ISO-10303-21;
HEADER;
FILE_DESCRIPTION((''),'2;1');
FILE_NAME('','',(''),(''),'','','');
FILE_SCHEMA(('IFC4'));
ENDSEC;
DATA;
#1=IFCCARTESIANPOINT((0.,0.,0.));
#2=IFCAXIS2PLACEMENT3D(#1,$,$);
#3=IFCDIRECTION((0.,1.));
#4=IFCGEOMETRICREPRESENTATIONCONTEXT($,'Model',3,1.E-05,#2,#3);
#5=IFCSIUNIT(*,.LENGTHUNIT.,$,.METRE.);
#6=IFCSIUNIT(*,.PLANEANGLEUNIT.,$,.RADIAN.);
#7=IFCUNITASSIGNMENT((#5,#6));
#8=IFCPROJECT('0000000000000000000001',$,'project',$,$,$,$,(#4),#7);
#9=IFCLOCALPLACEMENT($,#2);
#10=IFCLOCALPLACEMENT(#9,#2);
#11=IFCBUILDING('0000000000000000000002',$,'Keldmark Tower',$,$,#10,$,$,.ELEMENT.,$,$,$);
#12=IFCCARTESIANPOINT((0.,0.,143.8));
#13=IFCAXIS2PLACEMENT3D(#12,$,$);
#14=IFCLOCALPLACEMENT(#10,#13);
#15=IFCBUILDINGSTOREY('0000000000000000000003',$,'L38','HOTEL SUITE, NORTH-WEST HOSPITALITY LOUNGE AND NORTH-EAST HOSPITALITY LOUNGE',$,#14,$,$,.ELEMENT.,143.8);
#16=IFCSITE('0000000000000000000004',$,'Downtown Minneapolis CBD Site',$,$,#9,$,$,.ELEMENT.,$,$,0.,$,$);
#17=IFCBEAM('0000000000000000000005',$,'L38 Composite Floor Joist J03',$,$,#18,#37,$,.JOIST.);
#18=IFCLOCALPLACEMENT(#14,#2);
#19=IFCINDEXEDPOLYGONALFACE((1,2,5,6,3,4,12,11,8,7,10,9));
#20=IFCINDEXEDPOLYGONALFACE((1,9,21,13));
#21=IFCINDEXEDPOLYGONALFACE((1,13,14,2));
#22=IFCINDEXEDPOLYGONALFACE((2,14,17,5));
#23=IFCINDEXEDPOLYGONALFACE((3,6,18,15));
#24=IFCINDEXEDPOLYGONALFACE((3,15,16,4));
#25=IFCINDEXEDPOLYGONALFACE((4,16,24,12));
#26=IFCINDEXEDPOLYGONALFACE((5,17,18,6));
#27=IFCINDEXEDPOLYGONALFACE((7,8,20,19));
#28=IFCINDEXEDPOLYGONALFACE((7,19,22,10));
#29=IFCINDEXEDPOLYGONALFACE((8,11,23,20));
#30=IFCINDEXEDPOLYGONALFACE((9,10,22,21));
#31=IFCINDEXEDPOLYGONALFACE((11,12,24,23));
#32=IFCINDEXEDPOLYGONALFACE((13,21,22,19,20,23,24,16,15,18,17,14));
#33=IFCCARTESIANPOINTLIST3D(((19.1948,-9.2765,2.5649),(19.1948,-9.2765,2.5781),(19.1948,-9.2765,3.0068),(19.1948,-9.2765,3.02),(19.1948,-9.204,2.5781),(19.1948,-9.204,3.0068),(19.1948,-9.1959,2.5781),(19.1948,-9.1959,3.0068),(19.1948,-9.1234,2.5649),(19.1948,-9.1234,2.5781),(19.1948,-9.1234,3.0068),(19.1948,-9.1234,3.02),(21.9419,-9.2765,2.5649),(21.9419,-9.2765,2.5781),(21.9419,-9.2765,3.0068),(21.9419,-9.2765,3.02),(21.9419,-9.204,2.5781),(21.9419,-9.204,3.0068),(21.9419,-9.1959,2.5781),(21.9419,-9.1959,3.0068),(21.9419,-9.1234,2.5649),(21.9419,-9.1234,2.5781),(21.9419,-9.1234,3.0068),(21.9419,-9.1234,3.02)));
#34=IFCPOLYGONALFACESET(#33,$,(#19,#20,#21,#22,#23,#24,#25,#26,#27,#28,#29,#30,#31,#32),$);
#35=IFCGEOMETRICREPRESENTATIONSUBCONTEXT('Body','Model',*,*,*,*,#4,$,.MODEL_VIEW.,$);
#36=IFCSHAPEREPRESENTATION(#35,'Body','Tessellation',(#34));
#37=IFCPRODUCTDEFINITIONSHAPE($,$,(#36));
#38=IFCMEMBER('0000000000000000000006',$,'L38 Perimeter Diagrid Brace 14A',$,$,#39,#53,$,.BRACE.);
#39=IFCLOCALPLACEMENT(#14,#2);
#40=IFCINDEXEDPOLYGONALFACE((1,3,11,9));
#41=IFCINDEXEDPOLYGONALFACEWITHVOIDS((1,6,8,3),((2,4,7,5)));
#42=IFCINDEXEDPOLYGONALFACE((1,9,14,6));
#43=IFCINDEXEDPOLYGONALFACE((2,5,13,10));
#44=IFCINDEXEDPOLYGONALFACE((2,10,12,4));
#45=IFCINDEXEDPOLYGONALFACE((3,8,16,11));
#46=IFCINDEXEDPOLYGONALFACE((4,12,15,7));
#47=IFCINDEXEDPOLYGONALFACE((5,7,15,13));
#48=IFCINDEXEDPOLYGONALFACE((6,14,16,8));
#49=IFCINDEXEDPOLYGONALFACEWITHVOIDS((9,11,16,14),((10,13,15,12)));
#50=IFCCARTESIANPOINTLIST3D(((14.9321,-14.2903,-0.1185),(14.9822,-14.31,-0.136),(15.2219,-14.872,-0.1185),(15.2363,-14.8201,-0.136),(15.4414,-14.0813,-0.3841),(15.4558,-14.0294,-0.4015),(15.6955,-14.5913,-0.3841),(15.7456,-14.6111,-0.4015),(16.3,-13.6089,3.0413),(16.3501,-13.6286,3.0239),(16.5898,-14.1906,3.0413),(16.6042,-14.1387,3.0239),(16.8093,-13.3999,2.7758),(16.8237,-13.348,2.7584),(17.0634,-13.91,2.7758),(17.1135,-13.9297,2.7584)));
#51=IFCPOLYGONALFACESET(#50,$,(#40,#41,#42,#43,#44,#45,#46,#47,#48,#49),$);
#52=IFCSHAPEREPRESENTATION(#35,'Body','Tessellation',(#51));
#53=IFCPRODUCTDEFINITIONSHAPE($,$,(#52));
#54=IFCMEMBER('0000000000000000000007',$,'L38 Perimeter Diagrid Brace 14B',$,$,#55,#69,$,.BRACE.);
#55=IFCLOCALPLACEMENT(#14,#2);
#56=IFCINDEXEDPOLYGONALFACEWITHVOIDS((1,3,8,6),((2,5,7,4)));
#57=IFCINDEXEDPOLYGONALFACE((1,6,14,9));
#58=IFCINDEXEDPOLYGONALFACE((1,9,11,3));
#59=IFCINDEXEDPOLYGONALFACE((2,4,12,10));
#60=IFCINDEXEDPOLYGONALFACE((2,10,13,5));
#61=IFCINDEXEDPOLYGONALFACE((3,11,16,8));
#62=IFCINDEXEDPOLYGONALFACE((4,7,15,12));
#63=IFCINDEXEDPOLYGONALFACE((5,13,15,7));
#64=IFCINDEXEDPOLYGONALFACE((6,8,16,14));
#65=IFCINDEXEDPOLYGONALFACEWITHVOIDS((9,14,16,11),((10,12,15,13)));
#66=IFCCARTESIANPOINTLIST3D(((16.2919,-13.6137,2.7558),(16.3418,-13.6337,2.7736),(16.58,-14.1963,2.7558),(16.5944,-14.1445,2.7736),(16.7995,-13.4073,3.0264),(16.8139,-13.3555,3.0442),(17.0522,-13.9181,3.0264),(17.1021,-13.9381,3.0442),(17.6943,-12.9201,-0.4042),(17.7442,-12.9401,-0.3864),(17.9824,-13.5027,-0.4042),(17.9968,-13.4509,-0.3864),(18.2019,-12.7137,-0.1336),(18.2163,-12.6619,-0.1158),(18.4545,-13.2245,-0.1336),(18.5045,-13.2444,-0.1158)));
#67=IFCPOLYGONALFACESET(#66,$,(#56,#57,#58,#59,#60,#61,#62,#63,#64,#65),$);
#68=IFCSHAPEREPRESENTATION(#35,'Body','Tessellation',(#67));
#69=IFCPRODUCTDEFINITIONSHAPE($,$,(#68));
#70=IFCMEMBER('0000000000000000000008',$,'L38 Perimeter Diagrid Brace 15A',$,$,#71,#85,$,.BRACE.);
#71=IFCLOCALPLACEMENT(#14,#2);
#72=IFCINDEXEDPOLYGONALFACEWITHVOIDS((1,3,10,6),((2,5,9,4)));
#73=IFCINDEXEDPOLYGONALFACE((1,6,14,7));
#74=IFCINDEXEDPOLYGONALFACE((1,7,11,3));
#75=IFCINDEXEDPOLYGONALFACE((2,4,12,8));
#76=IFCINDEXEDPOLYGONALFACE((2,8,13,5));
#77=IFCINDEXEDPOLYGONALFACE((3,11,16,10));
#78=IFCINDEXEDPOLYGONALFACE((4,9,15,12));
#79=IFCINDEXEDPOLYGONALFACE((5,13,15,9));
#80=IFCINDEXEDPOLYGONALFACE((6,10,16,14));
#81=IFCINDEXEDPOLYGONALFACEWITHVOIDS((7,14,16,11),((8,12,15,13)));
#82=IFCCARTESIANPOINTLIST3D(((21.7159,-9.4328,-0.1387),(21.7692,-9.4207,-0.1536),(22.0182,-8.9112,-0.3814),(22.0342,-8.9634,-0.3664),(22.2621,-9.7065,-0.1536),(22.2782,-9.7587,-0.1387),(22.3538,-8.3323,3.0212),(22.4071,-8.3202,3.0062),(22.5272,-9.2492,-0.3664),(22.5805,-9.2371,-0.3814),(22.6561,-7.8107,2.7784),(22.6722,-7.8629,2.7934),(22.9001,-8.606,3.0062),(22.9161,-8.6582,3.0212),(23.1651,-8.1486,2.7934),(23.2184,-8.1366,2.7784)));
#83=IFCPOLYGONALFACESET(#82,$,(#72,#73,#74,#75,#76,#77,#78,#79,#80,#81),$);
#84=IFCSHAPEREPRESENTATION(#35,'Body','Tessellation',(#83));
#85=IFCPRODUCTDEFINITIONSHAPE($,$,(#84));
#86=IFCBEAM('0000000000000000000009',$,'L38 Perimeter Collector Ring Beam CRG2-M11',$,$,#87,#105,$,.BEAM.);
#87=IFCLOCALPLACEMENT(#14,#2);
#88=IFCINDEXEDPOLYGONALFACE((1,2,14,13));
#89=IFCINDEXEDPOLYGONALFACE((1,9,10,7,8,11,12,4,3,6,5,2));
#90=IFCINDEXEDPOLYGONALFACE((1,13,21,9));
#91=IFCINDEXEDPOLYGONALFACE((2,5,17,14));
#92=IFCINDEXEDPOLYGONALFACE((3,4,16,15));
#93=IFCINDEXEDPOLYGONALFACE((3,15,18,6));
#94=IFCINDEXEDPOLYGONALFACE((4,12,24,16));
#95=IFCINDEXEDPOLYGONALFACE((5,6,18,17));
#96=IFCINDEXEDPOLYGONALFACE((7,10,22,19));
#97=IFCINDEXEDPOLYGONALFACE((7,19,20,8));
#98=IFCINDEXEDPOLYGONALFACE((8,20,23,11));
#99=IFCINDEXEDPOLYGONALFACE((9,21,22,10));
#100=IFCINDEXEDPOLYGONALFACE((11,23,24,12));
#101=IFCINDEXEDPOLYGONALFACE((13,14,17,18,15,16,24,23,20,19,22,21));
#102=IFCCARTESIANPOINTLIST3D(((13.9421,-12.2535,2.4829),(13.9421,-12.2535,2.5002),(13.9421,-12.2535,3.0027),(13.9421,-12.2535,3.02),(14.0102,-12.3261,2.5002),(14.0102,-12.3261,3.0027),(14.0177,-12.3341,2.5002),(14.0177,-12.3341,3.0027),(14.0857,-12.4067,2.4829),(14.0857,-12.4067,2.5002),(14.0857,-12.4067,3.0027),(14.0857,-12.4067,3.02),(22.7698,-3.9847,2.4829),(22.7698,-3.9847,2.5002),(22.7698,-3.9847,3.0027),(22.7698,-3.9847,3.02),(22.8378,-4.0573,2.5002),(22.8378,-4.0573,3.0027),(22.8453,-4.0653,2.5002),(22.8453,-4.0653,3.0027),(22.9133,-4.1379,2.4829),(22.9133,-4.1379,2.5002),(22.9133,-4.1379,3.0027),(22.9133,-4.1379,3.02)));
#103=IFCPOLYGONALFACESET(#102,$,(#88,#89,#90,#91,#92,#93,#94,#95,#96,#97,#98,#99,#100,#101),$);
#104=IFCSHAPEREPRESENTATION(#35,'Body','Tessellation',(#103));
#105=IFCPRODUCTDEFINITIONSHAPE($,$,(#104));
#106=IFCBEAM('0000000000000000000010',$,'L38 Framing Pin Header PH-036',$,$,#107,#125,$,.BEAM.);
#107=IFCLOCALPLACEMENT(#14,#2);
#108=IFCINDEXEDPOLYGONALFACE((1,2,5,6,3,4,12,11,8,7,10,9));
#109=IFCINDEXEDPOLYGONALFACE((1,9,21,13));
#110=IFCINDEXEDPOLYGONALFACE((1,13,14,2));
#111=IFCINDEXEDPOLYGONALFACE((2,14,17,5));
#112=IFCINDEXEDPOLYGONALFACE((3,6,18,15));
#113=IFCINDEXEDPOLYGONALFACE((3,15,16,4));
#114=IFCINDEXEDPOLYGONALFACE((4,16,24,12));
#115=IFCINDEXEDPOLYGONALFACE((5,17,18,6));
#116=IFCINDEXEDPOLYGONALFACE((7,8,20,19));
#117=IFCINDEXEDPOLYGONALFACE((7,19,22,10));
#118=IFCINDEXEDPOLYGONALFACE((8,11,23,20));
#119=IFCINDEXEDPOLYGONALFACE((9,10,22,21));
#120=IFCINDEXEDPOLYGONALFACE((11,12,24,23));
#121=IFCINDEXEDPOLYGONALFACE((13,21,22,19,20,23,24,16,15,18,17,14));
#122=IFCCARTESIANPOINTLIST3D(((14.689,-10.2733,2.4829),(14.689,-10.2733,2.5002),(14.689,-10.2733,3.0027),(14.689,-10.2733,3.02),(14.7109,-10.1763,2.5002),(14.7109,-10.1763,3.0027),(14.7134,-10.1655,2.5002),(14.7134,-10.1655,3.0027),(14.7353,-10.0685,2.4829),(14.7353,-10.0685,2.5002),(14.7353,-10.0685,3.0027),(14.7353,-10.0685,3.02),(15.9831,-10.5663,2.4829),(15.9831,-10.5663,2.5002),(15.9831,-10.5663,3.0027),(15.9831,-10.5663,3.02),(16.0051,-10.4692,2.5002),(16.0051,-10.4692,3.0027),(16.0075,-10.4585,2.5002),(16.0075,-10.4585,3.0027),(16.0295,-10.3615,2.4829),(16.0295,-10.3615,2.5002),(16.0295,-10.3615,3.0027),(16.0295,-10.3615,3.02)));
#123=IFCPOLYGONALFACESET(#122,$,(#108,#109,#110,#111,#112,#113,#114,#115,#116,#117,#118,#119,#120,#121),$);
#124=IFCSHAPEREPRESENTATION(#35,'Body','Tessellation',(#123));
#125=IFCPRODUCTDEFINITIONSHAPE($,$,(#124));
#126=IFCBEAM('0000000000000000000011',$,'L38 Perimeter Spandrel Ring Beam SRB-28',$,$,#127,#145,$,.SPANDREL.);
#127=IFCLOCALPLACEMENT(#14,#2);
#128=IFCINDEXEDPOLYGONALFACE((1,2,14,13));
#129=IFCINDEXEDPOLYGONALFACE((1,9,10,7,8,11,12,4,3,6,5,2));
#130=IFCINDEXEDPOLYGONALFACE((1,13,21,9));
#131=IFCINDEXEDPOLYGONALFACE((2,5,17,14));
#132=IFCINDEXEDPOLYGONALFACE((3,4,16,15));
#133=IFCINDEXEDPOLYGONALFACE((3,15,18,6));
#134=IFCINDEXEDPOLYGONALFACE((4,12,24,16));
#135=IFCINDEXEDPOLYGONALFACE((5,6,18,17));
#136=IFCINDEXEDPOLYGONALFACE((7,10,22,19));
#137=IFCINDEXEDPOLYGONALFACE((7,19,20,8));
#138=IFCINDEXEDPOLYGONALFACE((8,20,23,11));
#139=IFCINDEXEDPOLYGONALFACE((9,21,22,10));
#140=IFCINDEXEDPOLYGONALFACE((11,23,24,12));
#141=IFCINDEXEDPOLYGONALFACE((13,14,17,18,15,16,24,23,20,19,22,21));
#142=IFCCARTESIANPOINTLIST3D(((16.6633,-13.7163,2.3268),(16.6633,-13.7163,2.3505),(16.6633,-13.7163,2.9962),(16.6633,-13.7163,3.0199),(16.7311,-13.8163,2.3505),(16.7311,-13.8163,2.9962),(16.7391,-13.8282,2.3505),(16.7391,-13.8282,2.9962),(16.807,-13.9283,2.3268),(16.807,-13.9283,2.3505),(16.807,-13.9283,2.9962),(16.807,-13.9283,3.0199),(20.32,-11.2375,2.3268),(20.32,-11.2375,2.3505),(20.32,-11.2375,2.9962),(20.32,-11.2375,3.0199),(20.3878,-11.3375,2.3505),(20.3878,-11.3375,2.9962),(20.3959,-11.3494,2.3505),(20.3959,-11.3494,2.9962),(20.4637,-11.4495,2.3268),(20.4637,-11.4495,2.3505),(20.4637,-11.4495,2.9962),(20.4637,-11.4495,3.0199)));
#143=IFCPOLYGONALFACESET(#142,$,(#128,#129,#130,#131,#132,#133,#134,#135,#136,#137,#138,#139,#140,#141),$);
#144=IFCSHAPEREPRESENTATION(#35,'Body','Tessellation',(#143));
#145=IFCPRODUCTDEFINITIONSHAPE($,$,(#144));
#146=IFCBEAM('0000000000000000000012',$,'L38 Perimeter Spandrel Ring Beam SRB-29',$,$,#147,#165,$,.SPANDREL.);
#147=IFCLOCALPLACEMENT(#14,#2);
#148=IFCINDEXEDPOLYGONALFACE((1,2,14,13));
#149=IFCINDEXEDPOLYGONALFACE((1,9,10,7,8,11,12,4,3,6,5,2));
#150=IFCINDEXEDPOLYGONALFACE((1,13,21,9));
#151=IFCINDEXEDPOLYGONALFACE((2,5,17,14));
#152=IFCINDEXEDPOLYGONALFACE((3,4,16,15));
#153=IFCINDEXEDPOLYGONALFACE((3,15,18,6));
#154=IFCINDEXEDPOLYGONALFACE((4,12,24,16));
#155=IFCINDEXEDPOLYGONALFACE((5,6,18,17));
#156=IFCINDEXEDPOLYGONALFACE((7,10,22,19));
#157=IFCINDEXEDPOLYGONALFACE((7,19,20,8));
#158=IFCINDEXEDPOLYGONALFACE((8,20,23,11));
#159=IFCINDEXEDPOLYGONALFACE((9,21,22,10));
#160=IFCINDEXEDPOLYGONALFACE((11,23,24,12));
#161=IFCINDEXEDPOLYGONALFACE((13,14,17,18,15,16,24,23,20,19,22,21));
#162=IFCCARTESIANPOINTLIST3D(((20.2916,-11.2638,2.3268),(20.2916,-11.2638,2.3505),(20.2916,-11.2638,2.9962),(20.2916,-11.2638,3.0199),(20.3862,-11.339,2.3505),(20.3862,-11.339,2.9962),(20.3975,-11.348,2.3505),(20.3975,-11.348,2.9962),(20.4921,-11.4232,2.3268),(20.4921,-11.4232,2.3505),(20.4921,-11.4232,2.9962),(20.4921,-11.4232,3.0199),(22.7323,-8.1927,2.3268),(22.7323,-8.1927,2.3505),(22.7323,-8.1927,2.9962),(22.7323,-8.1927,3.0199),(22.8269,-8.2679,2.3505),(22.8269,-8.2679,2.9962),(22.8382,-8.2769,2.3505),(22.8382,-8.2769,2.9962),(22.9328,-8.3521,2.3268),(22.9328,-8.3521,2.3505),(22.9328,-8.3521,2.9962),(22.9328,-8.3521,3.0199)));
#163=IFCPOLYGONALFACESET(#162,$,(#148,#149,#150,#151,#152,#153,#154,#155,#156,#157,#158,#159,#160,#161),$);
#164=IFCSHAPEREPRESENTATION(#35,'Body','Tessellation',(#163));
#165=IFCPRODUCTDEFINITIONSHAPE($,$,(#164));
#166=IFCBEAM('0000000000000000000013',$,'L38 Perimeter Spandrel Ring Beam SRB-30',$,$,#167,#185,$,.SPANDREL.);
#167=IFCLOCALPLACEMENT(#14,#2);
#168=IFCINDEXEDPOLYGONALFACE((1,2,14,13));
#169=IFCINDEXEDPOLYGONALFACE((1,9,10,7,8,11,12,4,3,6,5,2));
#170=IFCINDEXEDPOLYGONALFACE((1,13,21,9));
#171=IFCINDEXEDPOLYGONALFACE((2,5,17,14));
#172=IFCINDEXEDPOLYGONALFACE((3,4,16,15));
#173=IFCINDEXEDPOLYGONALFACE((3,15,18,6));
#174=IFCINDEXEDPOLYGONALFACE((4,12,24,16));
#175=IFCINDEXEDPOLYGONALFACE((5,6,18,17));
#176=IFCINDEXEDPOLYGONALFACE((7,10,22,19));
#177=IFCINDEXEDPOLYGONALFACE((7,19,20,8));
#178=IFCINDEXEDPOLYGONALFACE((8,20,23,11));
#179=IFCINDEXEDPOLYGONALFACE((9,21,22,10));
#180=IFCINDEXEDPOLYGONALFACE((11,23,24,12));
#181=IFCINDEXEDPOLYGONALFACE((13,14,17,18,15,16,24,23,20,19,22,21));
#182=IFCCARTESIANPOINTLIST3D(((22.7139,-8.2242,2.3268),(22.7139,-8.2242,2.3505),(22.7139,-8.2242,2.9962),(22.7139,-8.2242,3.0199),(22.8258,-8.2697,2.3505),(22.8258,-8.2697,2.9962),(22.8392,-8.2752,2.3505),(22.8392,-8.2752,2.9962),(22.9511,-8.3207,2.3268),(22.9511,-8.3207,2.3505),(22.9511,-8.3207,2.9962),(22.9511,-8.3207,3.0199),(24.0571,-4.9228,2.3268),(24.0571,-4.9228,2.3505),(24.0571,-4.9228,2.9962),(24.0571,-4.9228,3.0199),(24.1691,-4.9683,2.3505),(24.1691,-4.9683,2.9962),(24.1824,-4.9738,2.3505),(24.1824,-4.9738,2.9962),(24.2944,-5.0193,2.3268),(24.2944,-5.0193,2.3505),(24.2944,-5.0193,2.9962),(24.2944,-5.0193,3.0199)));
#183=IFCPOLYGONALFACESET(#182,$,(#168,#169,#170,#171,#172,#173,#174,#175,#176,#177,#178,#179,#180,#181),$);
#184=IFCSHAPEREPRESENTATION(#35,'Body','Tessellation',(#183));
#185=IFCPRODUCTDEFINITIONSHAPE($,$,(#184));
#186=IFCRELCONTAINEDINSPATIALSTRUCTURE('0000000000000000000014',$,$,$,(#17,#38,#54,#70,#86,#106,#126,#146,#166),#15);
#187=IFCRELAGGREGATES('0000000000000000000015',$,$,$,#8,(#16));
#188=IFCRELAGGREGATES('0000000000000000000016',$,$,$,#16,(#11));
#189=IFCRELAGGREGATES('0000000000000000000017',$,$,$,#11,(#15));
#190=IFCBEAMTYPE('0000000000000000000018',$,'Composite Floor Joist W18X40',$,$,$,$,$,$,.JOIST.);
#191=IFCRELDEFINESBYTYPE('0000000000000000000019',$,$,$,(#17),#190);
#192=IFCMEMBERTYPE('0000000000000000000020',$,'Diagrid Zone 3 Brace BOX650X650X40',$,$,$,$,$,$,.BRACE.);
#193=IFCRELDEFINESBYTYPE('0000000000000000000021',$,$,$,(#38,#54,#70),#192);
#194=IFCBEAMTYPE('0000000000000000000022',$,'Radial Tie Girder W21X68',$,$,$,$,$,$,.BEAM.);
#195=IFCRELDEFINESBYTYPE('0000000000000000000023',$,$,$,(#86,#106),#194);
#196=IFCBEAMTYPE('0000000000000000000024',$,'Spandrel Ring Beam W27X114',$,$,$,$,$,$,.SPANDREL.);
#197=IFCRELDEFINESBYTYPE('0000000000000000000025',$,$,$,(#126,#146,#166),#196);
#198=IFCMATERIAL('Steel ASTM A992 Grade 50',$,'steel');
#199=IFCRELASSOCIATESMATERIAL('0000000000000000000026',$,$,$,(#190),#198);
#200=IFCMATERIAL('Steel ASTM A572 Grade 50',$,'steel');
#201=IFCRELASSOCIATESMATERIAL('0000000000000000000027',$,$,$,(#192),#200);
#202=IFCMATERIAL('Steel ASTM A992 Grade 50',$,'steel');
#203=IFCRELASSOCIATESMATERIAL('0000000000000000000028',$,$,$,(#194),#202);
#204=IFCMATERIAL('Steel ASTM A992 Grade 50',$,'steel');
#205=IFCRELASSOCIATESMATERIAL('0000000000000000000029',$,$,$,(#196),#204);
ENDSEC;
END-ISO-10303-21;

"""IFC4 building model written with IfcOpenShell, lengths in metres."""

from ifc_helpers import new_model, si_unit, direction, frame, origin, origin_2d, place, context, subcontext, project, spatial, hollow_rectangle, i_section, extrude, material, material_profile, profile_set, type_object, element, save


model = new_model("IFC4")

# Units and contexts
model_context = context("Model", 3, precision=1e-05, world=origin(), true_north=direction((0.0, 1.0)))
body_context = subcontext(model_context, "Body", "Model", "MODEL_VIEW")
ifc_project = project(units=[si_unit("LENGTHUNIT", "METRE"), si_unit("PLANEANGLEUNIT", "RADIAN")], contexts=[model_context])

# Site, building, storey
site_placement = place(None, origin())
site = spatial("IfcSite", under=ifc_project, at=site_placement, Name="Downtown Minneapolis CBD Site", CompositionType="ELEMENT", RefElevation=0.0)
building_placement = place(site_placement, origin())
building = spatial("IfcBuilding", under=site, at=building_placement, Name="Keldmark Tower", CompositionType="ELEMENT")
storey_placement = place(building_placement, frame((0.0, 0.0, 143.8)))
storey = spatial("IfcBuildingStorey", under=building, at=storey_placement, Name="L38", Description="HOTEL SUITE, NORTH-WEST HOSPITALITY LOUNGE AND NORTH-EAST HOSPITALITY LOUNGE", CompositionType="ELEMENT", Elevation=143.8)

# Beam
ifc_material_1 = material(Name="Steel ASTM A992 Grade 50", Category="steel")
ifc_material_profile_1 = material_profile(ifc_material_1, i_section(OverallWidth=0.1531, OverallDepth=0.4551, WebThickness=0.0081, FlangeThickness=0.0132, at=origin_2d()), Name="W18X40")
ifc_profile_set_1 = profile_set([ifc_material_profile_1], Name="Steel ASTM A992 Grade 50")
beam_type_1 = type_object("IfcBeamType", Name="Composite Floor Joist W18X40", PredefinedType="JOIST", material=ifc_profile_set_1)
beam_1_placement = place(storey_placement, frame((19.1948, -9.2, 2.7925), z_axis=(1.0, 0.0, 0.0), x_axis=(0.0, 1.0, 0.0)))
element("IfcBeam", 1, at=beam_1_placement, inside=storey, type_object=beam_type_1, Name="L38 Composite Floor Joist J03", PredefinedType="JOIST", context=body_context, shape_type="SweptSolid", body=[
    extrude(i_section(OverallWidth=0.1531, OverallDepth=0.4551, WebThickness=0.0081, FlangeThickness=0.0132, at=origin_2d()), origin(), (0.0, 0.0, 1.0), 2.7471),
])

# Members
ifc_material_2 = material(Name="Steel ASTM A572 Grade 50", Category="steel")
ifc_material_profile_2 = material_profile(ifc_material_2, hollow_rectangle(XDim=0.6499, YDim=0.6499, WallThickness=0.04, at=origin_2d()), Name="BOX650X650X40")
ifc_profile_set_2 = profile_set([ifc_material_profile_2], Name="Steel ASTM A572 Grade 50")
member_type = type_object("IfcMemberType", Name="Diagrid Zone 3 Brace BOX650X650X40", PredefinedType="BRACE", material=ifc_profile_set_2)
member_1_placement = place(storey_placement, frame((15.3389, -14.4507, -0.26), z_axis=(0.389714, 0.194127, 0.900243), x_axis=(-0.445871, 0.895097, 0.0)))
element("IfcMember", 2, at=member_1_placement, inside=storey, type_object=member_type, Name="L38 Perimeter Diagrid Brace 14A", PredefinedType="BRACE", context=body_context, shape_type="SweptSolid", body=[
    extrude(hollow_rectangle(XDim=0.6499, YDim=0.6499, WallThickness=0.04, at=origin_2d()), origin(), (0.0, 0.0, 1.0), 3.51),
])
member_2_placement = place(storey_placement, frame((18.0994, -13.0823, -0.26), z_axis=(-0.397715, -0.196711, 0.896174), x_axis=(0.443339, -0.896354, 0.0)))
element("IfcMember", 3, at=member_2_placement, inside=storey, type_object=member_type, Name="L38 Perimeter Diagrid Brace 14B", PredefinedType="BRACE", context=body_context, shape_type="SweptSolid", body=[
    extrude(hollow_rectangle(XDim=0.6499, YDim=0.6499, WallThickness=0.04, at=origin_2d()), origin(), (0.0, 0.0, 1.0), 3.5261),
])
member_3_placement = place(storey_placement, frame((22.1482, -9.335, -0.26), z_axis=(0.187279, 0.323097, 0.92765), x_axis=(-0.865168, 0.501483, 0.0)))
element("IfcMember", 4, at=member_3_placement, inside=storey, type_object=member_type, Name="L38 Perimeter Diagrid Brace 15A", PredefinedType="BRACE", context=body_context, shape_type="SweptSolid", body=[
    extrude(hollow_rectangle(XDim=0.6499, YDim=0.6499, WallThickness=0.04, at=origin_2d()), origin(), (0.0, 0.0, 1.0), 3.4062),
])

# Beams
ifc_material_3 = material(Name="Steel ASTM A992 Grade 50", Category="steel")
ifc_material_profile_3 = material_profile(ifc_material_3, i_section(OverallWidth=0.21, OverallDepth=0.5371, WebThickness=0.011, FlangeThickness=0.0173, at=origin_2d()), Name="W21X68")
ifc_profile_set_3 = profile_set([ifc_material_profile_3], Name="Steel ASTM A992 Grade 50")
beam_type_2 = type_object("IfcBeamType", Name="Radial Tie Girder W21X68", PredefinedType="BEAM", material=ifc_profile_set_3)
beam_2_placement = place(storey_placement, frame((14.0139, -12.3301, 2.7515), z_axis=(0.72983, 0.683628, 0.0), x_axis=(-0.683628, 0.72983, 0.0)))
element("IfcBeam", 5, at=beam_2_placement, inside=storey, type_object=beam_type_2, Name="L38 Perimeter Collector Ring Beam CRG2-M11", PredefinedType="BEAM", context=body_context, shape_type="SweptSolid", body=[
    extrude(i_section(OverallWidth=0.21, OverallDepth=0.5371, WebThickness=0.011, FlangeThickness=0.0173, at=origin_2d()), origin(), (0.0, 0.0, 1.0), 12.0955),
])
beam_3_placement = place(storey_placement, frame((14.7122, -10.1709, 2.7515), z_axis=(0.975322, -0.220786, 0.0), x_axis=(0.220786, 0.975322, 0.0)))
element("IfcBeam", 6, at=beam_3_placement, inside=storey, type_object=beam_type_2, Name="L38 Framing Pin Header PH-036", PredefinedType="BEAM", context=body_context, shape_type="SweptSolid", body=[
    extrude(i_section(OverallWidth=0.21, OverallDepth=0.5371, WebThickness=0.011, FlangeThickness=0.0173, at=origin_2d()), origin(), (0.0, 0.0, 1.0), 1.3269),
])
ifc_material_4 = material(Name="Steel ASTM A992 Grade 50", Category="steel")
ifc_material_profile_4 = material_profile(ifc_material_4, i_section(OverallWidth=0.2561, OverallDepth=0.6931, WebThickness=0.0144, FlangeThickness=0.0237, at=origin_2d()), Name="W27X114")
ifc_profile_set_4 = profile_set([ifc_material_profile_4], Name="Steel ASTM A992 Grade 50")
beam_type_3 = type_object("IfcBeamType", Name="Spandrel Ring Beam W27X114", PredefinedType="SPANDREL", material=ifc_profile_set_4)
beam_4_placement = place(storey_placement, frame((16.7351, -13.8223, 2.6733), z_axis=(0.827749, 0.561099, 0.0), x_axis=(-0.561099, 0.827749, 0.0)))
element("IfcBeam", 7, at=beam_4_placement, inside=storey, type_object=beam_type_3, Name="L38 Perimeter Spandrel Ring Beam SRB-28", PredefinedType="SPANDREL", context=body_context, shape_type="SweptSolid", body=[
    extrude(i_section(OverallWidth=0.2561, OverallDepth=0.6931, WebThickness=0.0144, FlangeThickness=0.0237, at=origin_2d()), origin(), (0.0, 0.0, 1.0), 4.4177),
])
beam_5_placement = place(storey_placement, frame((20.3918, -11.3435, 2.6733), z_axis=(0.62218, 0.782875, 0.0), x_axis=(-0.782875, 0.62218, 0.0)))
element("IfcBeam", 8, at=beam_5_placement, inside=storey, type_object=beam_type_3, Name="L38 Perimeter Spandrel Ring Beam SRB-29", PredefinedType="SPANDREL", context=body_context, shape_type="SweptSolid", body=[
    extrude(i_section(OverallWidth=0.2561, OverallDepth=0.6931, WebThickness=0.0144, FlangeThickness=0.0237, at=origin_2d()), origin(), (0.0, 0.0, 1.0), 3.9229),
])
beam_6_placement = place(storey_placement, frame((22.8325, -8.2725, 2.6733), z_axis=(0.376864, 0.926269, 0.0), x_axis=(-0.926269, 0.376864, 0.0)))
element("IfcBeam", 9, at=beam_6_placement, inside=storey, type_object=beam_type_3, Name="L38 Perimeter Spandrel Ring Beam SRB-30", PredefinedType="SPANDREL", context=body_context, shape_type="SweptSolid", body=[
    extrude(i_section(OverallWidth=0.2561, OverallDepth=0.6931, WebThickness=0.0144, FlangeThickness=0.0237, at=origin_2d()), origin(), (0.0, 0.0, 1.0), 3.5642),
])

save(model, "model.ifc")
